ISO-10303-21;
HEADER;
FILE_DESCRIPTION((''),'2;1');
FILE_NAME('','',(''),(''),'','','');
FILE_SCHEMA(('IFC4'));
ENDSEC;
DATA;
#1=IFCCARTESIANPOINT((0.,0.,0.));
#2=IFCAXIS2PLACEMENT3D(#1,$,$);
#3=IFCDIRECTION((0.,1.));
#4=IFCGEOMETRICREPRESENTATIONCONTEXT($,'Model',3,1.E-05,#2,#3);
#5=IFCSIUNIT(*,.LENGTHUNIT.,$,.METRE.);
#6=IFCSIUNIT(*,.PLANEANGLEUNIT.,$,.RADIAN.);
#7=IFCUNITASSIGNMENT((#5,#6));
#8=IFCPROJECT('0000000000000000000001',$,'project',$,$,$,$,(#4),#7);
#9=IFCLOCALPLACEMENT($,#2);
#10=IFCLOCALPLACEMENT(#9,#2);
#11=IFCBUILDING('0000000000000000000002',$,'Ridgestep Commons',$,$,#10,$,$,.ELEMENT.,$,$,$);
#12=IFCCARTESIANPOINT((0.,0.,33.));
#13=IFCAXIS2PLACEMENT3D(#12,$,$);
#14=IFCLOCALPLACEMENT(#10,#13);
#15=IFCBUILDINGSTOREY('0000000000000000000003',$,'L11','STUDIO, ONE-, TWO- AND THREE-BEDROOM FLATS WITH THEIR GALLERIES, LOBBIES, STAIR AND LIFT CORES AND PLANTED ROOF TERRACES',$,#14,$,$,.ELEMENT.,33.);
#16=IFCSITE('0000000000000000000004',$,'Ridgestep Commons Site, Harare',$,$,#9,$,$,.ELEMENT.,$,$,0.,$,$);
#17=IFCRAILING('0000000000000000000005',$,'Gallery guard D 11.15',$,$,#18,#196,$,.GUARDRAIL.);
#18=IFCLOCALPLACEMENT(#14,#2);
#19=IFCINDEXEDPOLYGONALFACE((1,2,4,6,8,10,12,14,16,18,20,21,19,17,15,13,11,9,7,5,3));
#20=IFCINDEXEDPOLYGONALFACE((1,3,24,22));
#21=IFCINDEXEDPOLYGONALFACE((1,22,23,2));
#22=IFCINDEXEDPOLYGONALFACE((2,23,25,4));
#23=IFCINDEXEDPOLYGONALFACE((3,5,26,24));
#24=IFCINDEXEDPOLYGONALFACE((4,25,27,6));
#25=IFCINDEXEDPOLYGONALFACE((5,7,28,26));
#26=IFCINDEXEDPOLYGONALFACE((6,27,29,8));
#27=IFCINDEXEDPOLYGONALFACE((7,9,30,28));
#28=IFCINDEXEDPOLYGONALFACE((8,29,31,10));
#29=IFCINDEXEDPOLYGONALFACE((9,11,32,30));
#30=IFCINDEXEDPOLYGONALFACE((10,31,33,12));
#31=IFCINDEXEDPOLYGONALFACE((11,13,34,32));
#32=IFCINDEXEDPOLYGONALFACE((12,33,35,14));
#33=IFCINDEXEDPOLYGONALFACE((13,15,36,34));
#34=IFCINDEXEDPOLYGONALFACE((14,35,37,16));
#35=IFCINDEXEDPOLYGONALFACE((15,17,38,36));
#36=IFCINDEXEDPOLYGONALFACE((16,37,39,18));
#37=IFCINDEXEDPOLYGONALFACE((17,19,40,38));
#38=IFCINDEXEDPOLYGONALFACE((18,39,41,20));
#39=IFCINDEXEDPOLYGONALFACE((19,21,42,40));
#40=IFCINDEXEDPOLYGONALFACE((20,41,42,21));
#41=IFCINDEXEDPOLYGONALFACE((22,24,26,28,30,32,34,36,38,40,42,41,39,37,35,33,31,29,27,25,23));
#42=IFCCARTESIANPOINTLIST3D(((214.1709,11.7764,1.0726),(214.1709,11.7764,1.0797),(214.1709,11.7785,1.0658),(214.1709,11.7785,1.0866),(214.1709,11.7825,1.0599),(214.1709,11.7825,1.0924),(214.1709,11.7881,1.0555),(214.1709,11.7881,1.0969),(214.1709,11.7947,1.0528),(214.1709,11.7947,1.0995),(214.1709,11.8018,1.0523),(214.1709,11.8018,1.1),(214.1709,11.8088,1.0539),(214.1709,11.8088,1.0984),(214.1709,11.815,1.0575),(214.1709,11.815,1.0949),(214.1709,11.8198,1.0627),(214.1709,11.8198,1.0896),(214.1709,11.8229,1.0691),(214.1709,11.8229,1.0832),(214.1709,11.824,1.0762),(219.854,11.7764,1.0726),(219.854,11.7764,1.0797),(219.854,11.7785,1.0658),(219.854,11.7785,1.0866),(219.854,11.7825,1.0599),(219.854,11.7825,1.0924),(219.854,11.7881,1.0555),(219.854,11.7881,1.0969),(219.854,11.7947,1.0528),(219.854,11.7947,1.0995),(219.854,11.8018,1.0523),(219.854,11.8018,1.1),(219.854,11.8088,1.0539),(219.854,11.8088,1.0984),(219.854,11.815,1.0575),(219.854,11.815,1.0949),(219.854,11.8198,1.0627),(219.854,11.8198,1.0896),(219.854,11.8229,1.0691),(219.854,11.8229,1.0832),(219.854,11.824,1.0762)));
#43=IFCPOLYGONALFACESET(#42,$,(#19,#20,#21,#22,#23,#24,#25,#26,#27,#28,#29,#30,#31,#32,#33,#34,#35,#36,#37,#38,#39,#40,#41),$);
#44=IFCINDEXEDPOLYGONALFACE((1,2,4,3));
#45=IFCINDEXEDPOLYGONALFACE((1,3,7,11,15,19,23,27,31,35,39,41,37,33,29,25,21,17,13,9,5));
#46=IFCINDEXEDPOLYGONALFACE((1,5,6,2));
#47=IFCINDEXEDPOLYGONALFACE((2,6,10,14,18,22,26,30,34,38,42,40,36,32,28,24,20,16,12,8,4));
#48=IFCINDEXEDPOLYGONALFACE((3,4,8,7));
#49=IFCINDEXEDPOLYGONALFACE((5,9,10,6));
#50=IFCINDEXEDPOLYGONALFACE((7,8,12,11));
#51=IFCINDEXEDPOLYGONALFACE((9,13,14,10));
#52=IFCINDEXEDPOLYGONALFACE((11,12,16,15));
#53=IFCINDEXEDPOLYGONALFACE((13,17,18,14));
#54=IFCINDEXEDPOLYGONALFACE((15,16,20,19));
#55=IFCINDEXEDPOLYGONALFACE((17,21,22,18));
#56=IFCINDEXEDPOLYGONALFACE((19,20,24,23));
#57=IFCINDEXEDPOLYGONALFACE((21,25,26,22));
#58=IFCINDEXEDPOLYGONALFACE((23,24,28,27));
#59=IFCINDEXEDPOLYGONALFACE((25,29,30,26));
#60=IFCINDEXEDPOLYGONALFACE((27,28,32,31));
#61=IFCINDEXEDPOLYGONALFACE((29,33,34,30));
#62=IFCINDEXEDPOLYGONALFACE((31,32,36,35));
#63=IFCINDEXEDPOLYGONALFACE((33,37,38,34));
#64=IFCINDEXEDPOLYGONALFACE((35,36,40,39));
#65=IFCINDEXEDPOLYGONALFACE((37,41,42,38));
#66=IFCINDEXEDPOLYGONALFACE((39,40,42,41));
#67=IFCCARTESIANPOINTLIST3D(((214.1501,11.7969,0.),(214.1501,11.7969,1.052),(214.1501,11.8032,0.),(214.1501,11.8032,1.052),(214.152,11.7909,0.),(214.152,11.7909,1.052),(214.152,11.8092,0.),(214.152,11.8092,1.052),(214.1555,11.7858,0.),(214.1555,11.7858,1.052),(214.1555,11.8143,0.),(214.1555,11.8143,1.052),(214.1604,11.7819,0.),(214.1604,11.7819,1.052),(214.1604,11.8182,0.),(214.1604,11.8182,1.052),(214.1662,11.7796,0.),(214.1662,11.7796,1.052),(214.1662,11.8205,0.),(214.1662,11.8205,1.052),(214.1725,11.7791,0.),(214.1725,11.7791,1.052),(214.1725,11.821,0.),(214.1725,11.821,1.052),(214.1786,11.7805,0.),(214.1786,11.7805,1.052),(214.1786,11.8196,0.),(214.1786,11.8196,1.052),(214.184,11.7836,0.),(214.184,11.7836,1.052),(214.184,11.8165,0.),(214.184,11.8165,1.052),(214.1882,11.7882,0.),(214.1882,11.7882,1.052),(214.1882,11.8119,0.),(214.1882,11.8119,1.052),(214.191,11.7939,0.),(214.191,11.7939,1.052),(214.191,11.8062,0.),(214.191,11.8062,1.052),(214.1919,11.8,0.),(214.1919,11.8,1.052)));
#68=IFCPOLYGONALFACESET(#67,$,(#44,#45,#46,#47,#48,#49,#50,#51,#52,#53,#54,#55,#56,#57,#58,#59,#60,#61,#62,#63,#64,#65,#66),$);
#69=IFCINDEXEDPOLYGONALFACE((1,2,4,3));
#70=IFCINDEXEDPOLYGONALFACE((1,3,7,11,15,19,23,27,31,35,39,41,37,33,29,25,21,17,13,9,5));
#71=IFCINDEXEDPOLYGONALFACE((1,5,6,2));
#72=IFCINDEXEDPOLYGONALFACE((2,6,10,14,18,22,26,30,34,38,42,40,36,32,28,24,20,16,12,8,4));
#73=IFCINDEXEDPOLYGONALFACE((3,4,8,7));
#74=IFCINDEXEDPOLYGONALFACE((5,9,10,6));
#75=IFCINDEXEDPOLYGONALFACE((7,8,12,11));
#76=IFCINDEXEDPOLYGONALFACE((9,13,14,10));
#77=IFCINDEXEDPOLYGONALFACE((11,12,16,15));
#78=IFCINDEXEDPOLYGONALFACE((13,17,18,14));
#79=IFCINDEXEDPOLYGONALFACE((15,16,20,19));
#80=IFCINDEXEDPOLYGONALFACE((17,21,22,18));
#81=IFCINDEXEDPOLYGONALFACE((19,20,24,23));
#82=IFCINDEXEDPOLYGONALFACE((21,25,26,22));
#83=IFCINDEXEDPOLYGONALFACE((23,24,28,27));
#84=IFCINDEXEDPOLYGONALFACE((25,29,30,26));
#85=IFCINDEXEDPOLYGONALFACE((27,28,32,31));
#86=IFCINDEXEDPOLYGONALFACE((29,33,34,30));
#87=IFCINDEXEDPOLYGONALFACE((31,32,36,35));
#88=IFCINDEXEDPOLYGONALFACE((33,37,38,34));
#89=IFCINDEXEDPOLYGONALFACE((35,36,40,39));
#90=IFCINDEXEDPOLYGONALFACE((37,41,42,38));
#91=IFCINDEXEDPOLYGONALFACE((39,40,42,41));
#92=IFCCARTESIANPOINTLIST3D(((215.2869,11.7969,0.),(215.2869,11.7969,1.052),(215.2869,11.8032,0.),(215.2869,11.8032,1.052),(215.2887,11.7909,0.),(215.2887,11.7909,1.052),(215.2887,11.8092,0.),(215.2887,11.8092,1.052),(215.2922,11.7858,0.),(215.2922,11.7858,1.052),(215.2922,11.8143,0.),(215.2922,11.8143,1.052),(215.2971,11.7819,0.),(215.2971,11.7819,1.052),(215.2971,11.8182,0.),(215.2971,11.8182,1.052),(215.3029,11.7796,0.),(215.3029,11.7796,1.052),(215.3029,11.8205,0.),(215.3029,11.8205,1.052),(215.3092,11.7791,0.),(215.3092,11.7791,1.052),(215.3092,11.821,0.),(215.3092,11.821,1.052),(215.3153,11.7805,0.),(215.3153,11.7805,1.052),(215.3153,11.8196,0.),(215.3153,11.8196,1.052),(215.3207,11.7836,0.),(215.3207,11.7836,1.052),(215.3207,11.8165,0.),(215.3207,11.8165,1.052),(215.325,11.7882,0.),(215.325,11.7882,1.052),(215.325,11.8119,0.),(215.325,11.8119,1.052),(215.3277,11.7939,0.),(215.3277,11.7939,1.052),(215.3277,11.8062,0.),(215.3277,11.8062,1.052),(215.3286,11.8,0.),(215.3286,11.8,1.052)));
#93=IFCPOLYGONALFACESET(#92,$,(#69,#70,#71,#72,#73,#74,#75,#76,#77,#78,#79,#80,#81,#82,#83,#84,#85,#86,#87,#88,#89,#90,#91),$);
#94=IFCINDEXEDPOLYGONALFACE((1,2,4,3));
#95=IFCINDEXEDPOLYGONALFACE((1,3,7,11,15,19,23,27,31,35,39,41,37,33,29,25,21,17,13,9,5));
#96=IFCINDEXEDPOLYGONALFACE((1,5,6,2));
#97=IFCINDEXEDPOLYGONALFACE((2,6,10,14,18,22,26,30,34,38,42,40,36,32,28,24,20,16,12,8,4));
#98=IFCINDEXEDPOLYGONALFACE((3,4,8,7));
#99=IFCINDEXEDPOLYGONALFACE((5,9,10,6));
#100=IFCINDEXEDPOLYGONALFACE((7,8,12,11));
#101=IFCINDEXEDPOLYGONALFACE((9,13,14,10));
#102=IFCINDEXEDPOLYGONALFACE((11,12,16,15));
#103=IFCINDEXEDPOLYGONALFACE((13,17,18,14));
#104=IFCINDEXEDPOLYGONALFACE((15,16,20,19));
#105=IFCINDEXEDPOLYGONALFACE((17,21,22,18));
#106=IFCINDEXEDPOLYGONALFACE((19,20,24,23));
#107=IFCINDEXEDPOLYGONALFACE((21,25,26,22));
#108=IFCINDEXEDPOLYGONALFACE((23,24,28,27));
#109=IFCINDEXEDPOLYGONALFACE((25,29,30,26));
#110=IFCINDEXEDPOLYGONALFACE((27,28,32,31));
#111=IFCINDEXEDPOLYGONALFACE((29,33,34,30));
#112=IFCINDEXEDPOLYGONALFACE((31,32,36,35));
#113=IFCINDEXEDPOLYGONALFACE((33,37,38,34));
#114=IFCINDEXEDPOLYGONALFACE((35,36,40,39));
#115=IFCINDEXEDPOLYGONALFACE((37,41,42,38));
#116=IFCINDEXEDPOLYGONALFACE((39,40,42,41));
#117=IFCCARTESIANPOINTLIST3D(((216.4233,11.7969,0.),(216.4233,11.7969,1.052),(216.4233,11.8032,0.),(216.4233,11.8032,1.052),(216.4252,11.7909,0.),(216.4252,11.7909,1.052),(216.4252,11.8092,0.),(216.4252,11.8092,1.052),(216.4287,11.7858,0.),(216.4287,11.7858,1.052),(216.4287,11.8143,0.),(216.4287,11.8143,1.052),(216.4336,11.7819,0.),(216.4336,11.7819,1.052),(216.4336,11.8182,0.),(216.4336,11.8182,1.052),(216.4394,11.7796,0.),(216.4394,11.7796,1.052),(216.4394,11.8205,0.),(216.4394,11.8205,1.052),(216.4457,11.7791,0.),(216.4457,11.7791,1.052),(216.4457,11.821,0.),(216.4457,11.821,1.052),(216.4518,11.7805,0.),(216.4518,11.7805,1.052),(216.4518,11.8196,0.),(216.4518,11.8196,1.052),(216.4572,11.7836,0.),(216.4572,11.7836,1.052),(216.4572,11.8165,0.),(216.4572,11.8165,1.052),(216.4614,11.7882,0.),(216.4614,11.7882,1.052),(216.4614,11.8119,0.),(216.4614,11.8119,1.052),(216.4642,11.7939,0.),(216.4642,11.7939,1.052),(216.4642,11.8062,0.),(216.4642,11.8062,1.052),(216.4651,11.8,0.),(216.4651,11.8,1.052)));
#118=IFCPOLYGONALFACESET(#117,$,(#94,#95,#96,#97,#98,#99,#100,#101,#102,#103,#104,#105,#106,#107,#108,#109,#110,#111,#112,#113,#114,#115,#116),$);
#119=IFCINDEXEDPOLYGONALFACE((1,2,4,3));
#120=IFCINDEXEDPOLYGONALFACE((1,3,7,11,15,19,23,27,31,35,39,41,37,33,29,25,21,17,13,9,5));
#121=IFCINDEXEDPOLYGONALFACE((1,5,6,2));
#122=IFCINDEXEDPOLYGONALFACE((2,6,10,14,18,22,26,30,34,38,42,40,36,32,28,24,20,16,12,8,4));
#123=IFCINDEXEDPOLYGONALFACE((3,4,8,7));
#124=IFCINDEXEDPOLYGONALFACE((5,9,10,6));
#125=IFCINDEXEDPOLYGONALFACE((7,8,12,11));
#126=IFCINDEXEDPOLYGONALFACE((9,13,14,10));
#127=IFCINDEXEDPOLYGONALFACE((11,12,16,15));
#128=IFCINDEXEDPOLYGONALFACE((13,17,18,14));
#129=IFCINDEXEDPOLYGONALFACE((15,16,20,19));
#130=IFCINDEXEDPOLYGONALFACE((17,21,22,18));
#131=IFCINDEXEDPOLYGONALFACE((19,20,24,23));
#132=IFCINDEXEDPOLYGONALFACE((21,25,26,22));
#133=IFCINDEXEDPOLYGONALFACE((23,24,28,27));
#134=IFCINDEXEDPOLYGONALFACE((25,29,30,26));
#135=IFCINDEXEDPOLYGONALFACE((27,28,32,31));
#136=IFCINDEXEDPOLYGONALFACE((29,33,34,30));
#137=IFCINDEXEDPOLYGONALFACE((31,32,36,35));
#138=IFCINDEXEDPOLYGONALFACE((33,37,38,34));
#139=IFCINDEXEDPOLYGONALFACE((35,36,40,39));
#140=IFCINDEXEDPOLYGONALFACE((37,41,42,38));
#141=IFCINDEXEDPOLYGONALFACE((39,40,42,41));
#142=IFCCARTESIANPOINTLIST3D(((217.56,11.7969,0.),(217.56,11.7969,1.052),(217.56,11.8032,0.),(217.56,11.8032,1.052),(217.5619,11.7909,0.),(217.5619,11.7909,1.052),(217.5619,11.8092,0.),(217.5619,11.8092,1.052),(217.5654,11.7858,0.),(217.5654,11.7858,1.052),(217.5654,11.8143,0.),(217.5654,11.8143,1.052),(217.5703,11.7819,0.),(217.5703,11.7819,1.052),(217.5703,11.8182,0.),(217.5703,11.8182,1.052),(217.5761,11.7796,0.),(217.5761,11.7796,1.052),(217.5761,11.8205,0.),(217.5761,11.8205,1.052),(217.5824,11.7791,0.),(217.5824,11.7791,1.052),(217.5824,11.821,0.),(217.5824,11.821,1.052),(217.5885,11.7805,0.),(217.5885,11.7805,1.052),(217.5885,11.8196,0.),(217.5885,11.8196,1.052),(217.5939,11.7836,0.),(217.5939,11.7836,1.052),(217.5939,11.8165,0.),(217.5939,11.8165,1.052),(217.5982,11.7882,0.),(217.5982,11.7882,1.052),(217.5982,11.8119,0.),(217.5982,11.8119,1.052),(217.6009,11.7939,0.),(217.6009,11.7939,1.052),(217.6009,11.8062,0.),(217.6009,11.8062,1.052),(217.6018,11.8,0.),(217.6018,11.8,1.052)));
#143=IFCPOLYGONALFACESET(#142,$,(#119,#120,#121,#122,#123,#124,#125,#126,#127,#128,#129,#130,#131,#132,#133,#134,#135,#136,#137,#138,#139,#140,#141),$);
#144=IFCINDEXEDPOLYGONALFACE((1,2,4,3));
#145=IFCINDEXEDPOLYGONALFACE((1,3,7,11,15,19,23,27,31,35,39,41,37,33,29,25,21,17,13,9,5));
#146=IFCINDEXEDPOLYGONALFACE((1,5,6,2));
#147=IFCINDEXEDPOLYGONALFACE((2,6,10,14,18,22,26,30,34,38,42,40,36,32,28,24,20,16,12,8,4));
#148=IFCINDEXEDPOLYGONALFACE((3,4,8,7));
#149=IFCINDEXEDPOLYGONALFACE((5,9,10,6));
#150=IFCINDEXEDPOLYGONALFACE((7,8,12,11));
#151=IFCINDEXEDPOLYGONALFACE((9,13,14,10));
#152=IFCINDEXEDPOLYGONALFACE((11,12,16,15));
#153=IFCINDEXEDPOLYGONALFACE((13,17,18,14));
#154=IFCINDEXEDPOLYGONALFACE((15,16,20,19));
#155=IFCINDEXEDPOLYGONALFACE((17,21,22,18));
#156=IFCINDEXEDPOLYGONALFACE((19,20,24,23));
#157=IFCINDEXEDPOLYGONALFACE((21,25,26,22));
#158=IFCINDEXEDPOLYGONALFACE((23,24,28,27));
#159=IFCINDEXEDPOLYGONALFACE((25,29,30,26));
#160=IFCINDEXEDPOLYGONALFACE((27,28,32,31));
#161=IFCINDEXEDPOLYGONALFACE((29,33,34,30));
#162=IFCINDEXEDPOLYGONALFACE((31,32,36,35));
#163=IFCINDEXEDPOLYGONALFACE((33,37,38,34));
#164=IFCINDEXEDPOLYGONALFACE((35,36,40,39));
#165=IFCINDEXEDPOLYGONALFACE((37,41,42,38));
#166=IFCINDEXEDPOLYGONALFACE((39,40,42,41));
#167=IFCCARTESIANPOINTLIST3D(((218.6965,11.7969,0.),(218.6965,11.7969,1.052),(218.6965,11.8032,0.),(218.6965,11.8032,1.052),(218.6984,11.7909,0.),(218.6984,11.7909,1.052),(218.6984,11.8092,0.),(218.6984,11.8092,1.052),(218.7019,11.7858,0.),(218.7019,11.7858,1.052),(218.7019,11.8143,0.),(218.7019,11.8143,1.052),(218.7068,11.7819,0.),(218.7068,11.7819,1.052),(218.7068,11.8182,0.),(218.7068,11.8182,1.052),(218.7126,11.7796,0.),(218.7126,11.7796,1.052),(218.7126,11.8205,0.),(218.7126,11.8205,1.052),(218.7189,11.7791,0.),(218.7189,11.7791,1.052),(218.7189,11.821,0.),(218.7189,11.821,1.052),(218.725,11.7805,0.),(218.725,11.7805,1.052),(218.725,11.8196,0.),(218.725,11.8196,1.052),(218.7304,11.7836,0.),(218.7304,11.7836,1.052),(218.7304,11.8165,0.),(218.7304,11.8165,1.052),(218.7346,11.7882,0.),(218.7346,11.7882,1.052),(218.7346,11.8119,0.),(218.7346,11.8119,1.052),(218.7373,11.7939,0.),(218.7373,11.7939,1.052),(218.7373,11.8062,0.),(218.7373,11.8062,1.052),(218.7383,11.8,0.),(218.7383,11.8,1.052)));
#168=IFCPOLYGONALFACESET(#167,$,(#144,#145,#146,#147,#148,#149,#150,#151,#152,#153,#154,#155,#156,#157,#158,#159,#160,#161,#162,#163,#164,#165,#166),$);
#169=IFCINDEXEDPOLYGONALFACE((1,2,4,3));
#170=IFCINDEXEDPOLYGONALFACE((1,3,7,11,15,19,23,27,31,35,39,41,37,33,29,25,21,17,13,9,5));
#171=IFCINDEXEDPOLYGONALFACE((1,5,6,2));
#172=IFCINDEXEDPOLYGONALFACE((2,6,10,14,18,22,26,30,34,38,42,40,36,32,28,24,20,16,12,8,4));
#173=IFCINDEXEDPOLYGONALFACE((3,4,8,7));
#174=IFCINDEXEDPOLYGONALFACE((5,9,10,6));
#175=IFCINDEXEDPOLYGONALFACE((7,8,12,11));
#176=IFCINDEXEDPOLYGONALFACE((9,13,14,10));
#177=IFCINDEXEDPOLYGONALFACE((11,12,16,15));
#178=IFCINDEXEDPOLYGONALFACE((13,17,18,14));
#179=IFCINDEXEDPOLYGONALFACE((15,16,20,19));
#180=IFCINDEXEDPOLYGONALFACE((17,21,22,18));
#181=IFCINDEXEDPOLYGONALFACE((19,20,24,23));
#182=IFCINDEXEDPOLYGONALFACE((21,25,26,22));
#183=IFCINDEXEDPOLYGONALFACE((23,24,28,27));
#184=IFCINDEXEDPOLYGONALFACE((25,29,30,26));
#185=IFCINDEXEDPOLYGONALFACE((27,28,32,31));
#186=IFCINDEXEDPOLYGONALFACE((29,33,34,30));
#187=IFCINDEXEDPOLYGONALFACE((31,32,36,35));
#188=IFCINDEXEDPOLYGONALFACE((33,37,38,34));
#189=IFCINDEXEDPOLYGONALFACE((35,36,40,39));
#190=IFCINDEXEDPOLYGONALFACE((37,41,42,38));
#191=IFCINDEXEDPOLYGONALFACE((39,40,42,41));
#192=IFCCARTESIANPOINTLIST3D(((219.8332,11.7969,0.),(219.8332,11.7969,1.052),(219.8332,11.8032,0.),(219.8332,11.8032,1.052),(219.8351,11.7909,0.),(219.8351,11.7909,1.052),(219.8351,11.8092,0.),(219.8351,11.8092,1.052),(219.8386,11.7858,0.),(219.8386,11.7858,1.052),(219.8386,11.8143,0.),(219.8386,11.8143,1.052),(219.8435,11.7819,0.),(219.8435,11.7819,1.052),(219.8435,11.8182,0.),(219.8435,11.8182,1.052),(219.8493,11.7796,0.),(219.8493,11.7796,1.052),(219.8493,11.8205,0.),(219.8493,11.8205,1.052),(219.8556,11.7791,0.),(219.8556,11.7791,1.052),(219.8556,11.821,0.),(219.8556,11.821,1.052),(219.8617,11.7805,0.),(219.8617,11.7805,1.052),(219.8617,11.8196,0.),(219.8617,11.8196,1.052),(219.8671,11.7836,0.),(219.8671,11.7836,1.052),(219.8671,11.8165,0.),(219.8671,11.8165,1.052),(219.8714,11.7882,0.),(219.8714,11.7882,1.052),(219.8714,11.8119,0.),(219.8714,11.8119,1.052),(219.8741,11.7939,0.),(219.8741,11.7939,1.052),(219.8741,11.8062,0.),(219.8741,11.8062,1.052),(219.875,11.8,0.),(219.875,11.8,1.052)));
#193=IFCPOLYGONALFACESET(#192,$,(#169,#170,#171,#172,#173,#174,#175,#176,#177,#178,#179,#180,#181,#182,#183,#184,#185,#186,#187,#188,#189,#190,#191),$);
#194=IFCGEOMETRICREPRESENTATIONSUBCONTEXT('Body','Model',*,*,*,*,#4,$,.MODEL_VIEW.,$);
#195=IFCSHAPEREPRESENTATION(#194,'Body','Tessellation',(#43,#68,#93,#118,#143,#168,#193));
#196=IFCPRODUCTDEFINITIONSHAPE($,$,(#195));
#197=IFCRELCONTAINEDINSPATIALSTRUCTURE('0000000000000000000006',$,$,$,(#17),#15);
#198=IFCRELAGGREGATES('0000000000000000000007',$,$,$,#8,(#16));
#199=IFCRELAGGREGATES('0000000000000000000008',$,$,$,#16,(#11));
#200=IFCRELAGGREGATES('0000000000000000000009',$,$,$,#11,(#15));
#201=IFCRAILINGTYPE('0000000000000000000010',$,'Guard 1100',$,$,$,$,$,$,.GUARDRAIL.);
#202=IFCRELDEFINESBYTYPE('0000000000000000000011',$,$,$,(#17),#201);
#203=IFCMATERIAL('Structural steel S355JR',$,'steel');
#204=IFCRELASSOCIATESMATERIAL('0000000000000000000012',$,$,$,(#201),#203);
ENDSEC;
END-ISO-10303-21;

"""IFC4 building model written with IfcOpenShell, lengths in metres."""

from ifc_helpers import new_model, si_unit, direction, frame, origin, origin_2d, place, context, subcontext, project, spatial, circle, extrude, material, type_object, element, save


model = new_model("IFC4")

# Units and contexts
model_context = context("Model", 3, precision=1e-05, world=origin(), true_north=direction((0.0, 1.0)))
body_context = subcontext(model_context, "Body", "Model", "MODEL_VIEW")
ifc_project = project(units=[si_unit("LENGTHUNIT", "METRE"), si_unit("PLANEANGLEUNIT", "RADIAN")], contexts=[model_context])

# Site, building, storey
site_placement = place(None, origin())
site = spatial("IfcSite", under=ifc_project, at=site_placement, Name="Ridgestep Commons Site, Harare", CompositionType="ELEMENT", RefElevation=0.0)
building_placement = place(site_placement, origin())
building = spatial("IfcBuilding", under=site, at=building_placement, Name="Ridgestep Commons", CompositionType="ELEMENT")
storey_placement = place(building_placement, frame((0.0, 0.0, 33.0)))
storey = spatial("IfcBuildingStorey", under=building, at=storey_placement, Name="L11", Description="STUDIO, ONE-, TWO- AND THREE-BEDROOM FLATS WITH THEIR GALLERIES, LOBBIES, STAIR AND LIFT CORES AND PLANTED ROOF TERRACES", CompositionType="ELEMENT", Elevation=33.0)

# Railing
ifc_material_1 = material(Name="Structural steel S355JR", Category="steel")
railing_type_1 = type_object("IfcRailingType", Name="Guard 1100", PredefinedType="GUARDRAIL", material=ifc_material_1)
railing_1_placement = place(storey_placement, frame((214.1709, 11.8, 0.0)))
element("IfcRailing", 1, at=railing_1_placement, inside=storey, type_object=railing_type_1, Name="Gallery guard D 11.15", PredefinedType="GUARDRAIL", context=body_context, shape_type="SweptSolid", body=[
    extrude(circle(Radius=0.0239, at=origin_2d()), frame((0.0, 0.0, 1.0762), z_axis=(1.0, 0.0, 0.0), x_axis=(0.0, 1.0, 0.0)), (0.0, 0.0, 1.0), 5.6831),
    extrude(circle(Radius=0.021, at=origin_2d()), origin(), (0.0, 0.0, 1.0), 1.052),
    extrude(circle(Radius=0.021, at=origin_2d()), frame((1.1367, 0.0, 0.0)), (0.0, 0.0, 1.0), 1.052),
    extrude(circle(Radius=0.021, at=origin_2d()), frame((2.2732, 0.0, 0.0)), (0.0, 0.0, 1.0), 1.052),
    extrude(circle(Radius=0.021, at=origin_2d()), frame((3.4099, 0.0, 0.0)), (0.0, 0.0, 1.0), 1.052),
    extrude(circle(Radius=0.021, at=origin_2d()), frame((4.5464, 0.0, 0.0)), (0.0, 0.0, 1.0), 1.052),
    extrude(circle(Radius=0.021, at=origin_2d()), frame((5.6831, 0.0, 0.0)), (0.0, 0.0, 1.0), 1.052),
])

save(model, "model.ifc")
